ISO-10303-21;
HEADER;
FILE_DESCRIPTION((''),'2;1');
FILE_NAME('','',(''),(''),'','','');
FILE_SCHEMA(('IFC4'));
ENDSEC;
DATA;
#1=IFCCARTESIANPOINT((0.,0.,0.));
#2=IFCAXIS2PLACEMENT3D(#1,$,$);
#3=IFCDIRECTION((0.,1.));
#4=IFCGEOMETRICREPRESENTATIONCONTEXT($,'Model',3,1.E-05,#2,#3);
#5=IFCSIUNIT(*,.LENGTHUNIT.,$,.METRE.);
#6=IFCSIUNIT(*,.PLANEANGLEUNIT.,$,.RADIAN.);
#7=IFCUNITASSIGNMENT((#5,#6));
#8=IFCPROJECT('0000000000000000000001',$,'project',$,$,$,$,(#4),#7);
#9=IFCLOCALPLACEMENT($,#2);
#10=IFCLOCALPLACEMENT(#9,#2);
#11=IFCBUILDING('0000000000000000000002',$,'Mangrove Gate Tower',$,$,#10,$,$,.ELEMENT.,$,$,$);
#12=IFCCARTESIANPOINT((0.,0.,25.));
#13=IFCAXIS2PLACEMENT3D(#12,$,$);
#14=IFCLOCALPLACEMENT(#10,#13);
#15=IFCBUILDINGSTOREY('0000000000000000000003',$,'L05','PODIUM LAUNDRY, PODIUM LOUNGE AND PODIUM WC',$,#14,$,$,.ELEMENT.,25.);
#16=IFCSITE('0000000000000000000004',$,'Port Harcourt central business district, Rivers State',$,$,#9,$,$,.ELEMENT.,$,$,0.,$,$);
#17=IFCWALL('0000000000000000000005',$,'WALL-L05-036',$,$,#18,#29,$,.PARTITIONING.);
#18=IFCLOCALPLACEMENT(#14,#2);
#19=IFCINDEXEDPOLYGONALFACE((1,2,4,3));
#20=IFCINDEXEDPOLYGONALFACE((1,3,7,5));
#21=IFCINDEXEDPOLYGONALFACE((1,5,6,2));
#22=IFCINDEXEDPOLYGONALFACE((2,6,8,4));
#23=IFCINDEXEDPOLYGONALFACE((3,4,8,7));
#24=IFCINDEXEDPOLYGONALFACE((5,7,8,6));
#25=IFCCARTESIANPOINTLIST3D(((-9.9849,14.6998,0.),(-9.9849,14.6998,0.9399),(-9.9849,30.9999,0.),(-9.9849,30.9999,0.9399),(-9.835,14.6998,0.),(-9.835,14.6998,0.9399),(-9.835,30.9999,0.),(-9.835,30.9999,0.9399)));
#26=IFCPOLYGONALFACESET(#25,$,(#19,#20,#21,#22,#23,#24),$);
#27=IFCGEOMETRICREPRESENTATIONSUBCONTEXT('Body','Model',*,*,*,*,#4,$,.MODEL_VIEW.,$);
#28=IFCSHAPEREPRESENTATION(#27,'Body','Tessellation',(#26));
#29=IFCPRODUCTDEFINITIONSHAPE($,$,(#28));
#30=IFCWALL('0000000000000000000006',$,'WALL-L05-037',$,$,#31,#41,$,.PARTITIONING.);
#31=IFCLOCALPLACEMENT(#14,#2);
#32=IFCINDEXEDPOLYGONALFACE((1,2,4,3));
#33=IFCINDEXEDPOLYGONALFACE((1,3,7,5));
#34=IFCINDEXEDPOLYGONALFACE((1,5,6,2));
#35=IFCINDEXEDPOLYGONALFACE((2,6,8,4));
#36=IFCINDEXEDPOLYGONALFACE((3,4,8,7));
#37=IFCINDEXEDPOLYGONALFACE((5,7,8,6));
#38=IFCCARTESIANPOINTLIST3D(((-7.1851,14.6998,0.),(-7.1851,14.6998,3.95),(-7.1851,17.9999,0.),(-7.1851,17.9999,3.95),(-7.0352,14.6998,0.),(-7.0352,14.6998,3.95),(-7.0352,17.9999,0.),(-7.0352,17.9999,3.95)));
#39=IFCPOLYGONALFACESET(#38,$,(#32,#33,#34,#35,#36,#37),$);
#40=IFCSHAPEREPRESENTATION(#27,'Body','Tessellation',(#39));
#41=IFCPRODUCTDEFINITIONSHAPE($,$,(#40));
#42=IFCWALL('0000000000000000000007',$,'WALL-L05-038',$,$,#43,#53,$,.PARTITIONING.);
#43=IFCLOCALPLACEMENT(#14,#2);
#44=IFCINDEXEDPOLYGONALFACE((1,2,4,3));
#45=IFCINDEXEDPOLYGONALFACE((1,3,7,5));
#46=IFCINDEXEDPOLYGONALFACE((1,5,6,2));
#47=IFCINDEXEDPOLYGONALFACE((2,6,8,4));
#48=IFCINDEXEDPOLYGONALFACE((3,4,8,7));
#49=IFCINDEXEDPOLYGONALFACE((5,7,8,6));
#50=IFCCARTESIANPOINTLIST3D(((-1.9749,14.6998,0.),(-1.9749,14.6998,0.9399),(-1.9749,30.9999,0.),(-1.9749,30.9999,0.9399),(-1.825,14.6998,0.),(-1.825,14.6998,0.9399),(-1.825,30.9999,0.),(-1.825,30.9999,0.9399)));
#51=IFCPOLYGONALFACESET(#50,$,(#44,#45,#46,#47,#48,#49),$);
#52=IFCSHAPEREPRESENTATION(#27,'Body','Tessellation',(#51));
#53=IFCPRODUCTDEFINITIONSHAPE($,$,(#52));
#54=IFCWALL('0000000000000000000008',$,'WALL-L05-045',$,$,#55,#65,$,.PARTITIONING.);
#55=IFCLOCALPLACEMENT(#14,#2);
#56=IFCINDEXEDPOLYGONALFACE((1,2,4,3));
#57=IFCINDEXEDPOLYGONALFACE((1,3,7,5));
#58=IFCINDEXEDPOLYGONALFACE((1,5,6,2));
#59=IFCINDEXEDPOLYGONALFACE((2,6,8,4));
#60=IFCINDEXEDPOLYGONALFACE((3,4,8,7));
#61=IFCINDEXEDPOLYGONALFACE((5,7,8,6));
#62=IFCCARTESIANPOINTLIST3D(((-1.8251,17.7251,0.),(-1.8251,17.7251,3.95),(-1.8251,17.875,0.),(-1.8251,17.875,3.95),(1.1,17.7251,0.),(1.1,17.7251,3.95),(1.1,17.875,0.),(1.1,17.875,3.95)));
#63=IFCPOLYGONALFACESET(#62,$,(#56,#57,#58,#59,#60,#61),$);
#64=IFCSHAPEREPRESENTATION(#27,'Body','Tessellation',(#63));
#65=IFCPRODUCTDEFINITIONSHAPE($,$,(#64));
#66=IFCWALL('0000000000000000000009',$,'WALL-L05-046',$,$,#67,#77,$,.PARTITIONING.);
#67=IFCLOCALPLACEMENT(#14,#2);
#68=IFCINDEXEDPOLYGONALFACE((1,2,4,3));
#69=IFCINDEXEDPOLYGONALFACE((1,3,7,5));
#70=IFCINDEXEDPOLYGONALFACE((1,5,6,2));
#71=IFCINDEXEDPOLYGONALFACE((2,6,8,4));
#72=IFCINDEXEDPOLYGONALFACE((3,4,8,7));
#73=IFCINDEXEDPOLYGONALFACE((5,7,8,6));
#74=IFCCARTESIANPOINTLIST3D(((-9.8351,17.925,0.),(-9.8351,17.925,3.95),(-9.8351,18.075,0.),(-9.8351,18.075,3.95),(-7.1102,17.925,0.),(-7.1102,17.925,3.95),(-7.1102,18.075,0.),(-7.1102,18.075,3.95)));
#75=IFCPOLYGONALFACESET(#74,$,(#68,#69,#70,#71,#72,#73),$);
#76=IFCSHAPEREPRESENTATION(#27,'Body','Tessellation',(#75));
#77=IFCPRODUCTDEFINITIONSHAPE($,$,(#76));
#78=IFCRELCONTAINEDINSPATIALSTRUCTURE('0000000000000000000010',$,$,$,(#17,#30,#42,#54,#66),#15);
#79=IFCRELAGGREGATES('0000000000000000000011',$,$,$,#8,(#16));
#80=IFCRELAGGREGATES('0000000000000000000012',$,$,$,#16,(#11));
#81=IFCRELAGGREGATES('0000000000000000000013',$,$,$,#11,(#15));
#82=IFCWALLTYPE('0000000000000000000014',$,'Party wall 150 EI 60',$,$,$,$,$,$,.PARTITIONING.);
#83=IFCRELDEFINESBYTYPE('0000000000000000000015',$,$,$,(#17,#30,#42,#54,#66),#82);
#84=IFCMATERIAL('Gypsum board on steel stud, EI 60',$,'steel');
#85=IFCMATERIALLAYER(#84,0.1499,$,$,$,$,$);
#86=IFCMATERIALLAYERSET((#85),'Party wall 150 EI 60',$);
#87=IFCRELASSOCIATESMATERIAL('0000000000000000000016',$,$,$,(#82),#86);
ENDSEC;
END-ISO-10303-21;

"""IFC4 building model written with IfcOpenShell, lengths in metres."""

from ifc_helpers import new_model, si_unit, direction, frame, frame_2d, origin, place, context, subcontext, project, spatial, rectangle, extrude, material, layer, layer_set, type_object, element, save


model = new_model("IFC4")

# Units and contexts
model_context = context("Model", 3, precision=1e-05, world=origin(), true_north=direction((0.0, 1.0)))
body_context = subcontext(model_context, "Body", "Model", "MODEL_VIEW")
ifc_project = project(units=[si_unit("LENGTHUNIT", "METRE"), si_unit("PLANEANGLEUNIT", "RADIAN")], contexts=[model_context])

# Site, building, storey
site_placement = place(None, origin())
site = spatial("IfcSite", under=ifc_project, at=site_placement, Name="Port Harcourt central business district, Rivers State", CompositionType="ELEMENT", RefElevation=0.0)
building_placement = place(site_placement, origin())
building = spatial("IfcBuilding", under=site, at=building_placement, Name="Mangrove Gate Tower", CompositionType="ELEMENT")
storey_placement = place(building_placement, frame((0.0, 0.0, 25.0)))
storey = spatial("IfcBuildingStorey", under=building, at=storey_placement, Name="L05", Description="PODIUM LAUNDRY, PODIUM LOUNGE AND PODIUM WC", CompositionType="ELEMENT", Elevation=25.0)

# Walls
ifc_material_1 = material(Name="Gypsum board on steel stud, EI 60", Category="steel")
ifc_layer_1 = layer(ifc_material_1, 0.1499)
ifc_layer_set_1 = layer_set([ifc_layer_1], Name="Party wall 150 EI 60")
wall_type_1 = type_object("IfcWallType", Name="Party wall 150 EI 60", PredefinedType="PARTITIONING", material=ifc_layer_set_1)
wall_1_placement = place(storey_placement, frame((-9.9099, 14.7, 0.0), z_axis=(0.0, 0.0, 1.0), x_axis=(0.0, 1.0, 0.0)))
element("IfcWall", 1, at=wall_1_placement, inside=storey, type_object=wall_type_1, Name="WALL-L05-036", PredefinedType="PARTITIONING", context=body_context, shape_type="SweptSolid", body=[
    extrude(rectangle(XDim=16.3, YDim=0.1499, at=frame_2d((8.1499, 0.0))), origin(), (0.0, 0.0, 1.0), 0.9399),
])
wall_2_placement = place(storey_placement, frame((-7.1101, 14.7, 0.0), z_axis=(0.0, 0.0, 1.0), x_axis=(0.0, 1.0, 0.0)))
element("IfcWall", 2, at=wall_2_placement, inside=storey, type_object=wall_type_1, Name="WALL-L05-037", PredefinedType="PARTITIONING", context=body_context, shape_type="SweptSolid", body=[
    extrude(rectangle(XDim=3.3, YDim=0.1499, at=frame_2d((1.6499, 0.0))), origin(), (0.0, 0.0, 1.0), 3.95),
])
wall_3_placement = place(storey_placement, frame((-1.8999, 14.7, 0.0), z_axis=(0.0, 0.0, 1.0), x_axis=(0.0, 1.0, 0.0)))
element("IfcWall", 3, at=wall_3_placement, inside=storey, type_object=wall_type_1, Name="WALL-L05-038", PredefinedType="PARTITIONING", context=body_context, shape_type="SweptSolid", body=[
    extrude(rectangle(XDim=16.3, YDim=0.1499, at=frame_2d((8.1499, 0.0))), origin(), (0.0, 0.0, 1.0), 0.9399),
])
wall_4_placement = place(storey_placement, frame((-1.825, 17.8, 0.0), z_axis=(0.0, 0.0, 1.0), x_axis=(1.0, 0.0, 0.0)))
element("IfcWall", 4, at=wall_4_placement, inside=storey, type_object=wall_type_1, Name="WALL-L05-045", PredefinedType="PARTITIONING", context=body_context, shape_type="SweptSolid", body=[
    extrude(rectangle(XDim=2.925, YDim=0.1499, at=frame_2d((1.4624, 0.0))), origin(), (0.0, 0.0, 1.0), 3.95),
])
wall_5_placement = place(storey_placement, frame((-9.835, 18.0, 0.0), z_axis=(0.0, 0.0, 1.0), x_axis=(1.0, 0.0, 0.0)))
element("IfcWall", 5, at=wall_5_placement, inside=storey, type_object=wall_type_1, Name="WALL-L05-046", PredefinedType="PARTITIONING", context=body_context, shape_type="SweptSolid", body=[
    extrude(rectangle(XDim=2.7249, YDim=0.1499, at=frame_2d((1.3623, 0.0))), origin(), (0.0, 0.0, 1.0), 3.95),
])

save(model, "model.ifc")
